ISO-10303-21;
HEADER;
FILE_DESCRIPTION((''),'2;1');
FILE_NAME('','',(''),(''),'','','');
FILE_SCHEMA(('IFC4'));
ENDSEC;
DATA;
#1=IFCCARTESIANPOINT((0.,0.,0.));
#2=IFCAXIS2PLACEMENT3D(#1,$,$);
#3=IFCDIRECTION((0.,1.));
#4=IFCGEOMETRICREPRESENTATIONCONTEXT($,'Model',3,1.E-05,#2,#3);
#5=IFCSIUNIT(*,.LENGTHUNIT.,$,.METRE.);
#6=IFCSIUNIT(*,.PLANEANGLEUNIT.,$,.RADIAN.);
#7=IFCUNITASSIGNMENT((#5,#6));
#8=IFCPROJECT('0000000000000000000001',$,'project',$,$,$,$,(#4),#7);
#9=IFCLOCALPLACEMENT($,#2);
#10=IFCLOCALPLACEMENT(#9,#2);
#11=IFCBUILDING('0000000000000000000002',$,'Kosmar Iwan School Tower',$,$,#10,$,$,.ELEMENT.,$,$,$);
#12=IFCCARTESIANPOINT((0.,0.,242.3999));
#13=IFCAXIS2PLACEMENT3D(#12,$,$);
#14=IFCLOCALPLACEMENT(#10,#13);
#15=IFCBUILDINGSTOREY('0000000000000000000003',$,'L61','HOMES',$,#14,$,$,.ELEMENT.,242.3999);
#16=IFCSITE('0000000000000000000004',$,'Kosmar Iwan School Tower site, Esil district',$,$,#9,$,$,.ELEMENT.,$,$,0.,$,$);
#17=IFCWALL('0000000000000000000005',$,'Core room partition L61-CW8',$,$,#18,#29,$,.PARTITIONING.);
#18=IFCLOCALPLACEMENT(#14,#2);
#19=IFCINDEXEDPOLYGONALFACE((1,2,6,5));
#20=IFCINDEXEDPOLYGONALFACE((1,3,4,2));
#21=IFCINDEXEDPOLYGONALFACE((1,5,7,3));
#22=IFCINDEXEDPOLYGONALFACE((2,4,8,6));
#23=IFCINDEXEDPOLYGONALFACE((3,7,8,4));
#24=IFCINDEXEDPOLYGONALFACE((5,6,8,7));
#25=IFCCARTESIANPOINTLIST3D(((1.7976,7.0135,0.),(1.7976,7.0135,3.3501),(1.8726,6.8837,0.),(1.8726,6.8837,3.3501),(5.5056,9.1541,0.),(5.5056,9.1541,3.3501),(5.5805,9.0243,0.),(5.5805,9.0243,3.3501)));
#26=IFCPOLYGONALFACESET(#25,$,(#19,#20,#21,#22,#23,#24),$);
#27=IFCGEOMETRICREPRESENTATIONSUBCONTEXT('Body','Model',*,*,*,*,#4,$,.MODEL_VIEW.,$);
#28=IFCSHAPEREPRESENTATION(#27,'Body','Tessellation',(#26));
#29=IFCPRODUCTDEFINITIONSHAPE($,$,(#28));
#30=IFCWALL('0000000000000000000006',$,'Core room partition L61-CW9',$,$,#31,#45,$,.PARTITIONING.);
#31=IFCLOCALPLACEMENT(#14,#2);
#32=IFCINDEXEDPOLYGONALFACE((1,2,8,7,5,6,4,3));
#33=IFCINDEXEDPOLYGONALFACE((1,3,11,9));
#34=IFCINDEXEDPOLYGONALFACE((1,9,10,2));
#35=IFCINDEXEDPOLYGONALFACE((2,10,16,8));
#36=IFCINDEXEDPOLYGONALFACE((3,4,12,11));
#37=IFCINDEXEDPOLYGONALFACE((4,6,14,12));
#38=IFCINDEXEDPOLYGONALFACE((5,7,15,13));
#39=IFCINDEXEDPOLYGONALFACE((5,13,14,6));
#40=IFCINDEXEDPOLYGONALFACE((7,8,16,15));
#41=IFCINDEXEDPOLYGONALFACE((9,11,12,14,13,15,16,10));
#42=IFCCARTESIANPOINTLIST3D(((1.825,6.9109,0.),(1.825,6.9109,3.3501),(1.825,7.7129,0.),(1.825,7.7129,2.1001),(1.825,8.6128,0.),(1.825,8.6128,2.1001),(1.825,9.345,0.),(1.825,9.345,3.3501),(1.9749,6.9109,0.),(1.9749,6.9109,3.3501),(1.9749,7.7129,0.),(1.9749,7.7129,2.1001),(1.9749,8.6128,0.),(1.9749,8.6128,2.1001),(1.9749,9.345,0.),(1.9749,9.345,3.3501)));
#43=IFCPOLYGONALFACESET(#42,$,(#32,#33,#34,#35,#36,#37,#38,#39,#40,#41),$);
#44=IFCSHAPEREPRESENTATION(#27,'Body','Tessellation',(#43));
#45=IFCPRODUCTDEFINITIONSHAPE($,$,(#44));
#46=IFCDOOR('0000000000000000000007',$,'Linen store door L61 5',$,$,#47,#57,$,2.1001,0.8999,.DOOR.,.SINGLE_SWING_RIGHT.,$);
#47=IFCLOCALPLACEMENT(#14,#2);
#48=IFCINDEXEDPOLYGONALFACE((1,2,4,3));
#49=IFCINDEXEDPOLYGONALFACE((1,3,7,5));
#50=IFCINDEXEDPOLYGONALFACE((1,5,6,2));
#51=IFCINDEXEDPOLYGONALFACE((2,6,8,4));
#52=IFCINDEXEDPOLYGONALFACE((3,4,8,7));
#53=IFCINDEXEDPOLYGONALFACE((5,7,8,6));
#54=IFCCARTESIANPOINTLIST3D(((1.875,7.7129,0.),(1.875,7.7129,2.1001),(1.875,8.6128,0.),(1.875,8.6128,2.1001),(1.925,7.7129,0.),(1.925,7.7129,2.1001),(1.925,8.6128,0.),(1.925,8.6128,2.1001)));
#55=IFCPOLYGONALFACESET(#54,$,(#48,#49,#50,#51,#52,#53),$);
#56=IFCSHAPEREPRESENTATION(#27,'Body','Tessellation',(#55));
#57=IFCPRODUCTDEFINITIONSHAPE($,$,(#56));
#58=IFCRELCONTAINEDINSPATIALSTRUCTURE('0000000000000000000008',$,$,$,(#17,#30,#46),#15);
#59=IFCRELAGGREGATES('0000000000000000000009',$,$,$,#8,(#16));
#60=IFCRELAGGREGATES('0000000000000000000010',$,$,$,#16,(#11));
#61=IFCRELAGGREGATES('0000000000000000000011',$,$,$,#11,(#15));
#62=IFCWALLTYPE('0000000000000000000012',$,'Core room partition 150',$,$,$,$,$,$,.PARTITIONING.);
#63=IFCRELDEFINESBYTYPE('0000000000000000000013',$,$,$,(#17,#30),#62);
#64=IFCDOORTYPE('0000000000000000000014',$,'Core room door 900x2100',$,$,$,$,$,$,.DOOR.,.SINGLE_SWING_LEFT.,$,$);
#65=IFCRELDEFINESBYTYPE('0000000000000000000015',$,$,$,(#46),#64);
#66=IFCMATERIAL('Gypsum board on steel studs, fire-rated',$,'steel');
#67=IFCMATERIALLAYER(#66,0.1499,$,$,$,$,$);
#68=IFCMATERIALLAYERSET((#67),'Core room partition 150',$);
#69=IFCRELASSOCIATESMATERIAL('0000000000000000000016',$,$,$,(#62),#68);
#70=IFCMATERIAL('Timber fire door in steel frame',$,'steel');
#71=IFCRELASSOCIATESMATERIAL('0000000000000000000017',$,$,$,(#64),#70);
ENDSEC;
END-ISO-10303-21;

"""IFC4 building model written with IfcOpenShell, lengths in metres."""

from ifc_helpers import new_model, si_unit, direction, frame, frame_2d, origin, place, context, subcontext, project, spatial, rectangle, extrude, material, layer, layer_set, type_object, element, fill, save


model = new_model("IFC4")

# Units and contexts
model_context = context("Model", 3, precision=1e-05, world=origin(), true_north=direction((0.0, 1.0)))
body_context = subcontext(model_context, "Body", "Model", "MODEL_VIEW")
ifc_project = project(units=[si_unit("LENGTHUNIT", "METRE"), si_unit("PLANEANGLEUNIT", "RADIAN")], contexts=[model_context])

# Site, building, storey
site_placement = place(None, origin())
site = spatial("IfcSite", under=ifc_project, at=site_placement, Name="Kosmar Iwan School Tower site, Esil district", CompositionType="ELEMENT", RefElevation=0.0)
building_placement = place(site_placement, origin())
building = spatial("IfcBuilding", under=site, at=building_placement, Name="Kosmar Iwan School Tower", CompositionType="ELEMENT")
storey_placement = place(building_placement, frame((0.0, 0.0, 242.3999)))
storey = spatial("IfcBuildingStorey", under=building, at=storey_placement, Name="L61", Description="HOMES", CompositionType="ELEMENT", Elevation=242.3999)

# Wall
ifc_material_1 = material(Name="Gypsum board on steel studs, fire-rated", Category="steel")
ifc_layer_1 = layer(ifc_material_1, 0.1499)
ifc_layer_set_1 = layer_set([ifc_layer_1], Name="Core room partition 150")
wall_type_1 = type_object("IfcWallType", Name="Core room partition 150", PredefinedType="PARTITIONING", material=ifc_layer_set_1)
wall_1_placement = place(storey_placement, frame((5.543, 9.0891, 0.0), z_axis=(0.0, 0.0, 1.0), x_axis=(-0.866045, -0.499966, 0.0)))
element("IfcWall", 1, at=wall_1_placement, inside=storey, type_object=wall_type_1, Name="Core room partition L61-CW8", PredefinedType="PARTITIONING", context=body_context, shape_type="SweptSolid", body=[
    extrude(rectangle(XDim=4.2815, YDim=0.1499, at=frame_2d((2.1406, 0.0))), origin(), (0.0, 0.0, 1.0), 3.3501),
])

# Wall, opening, door
wall_2_placement = place(storey_placement, frame((1.8999, 6.9109, 0.0), z_axis=(0.0, 0.0, 1.0), x_axis=(0.0, 1.0, 0.0)))
wall_2 = element("IfcWall", 2, at=wall_2_placement, inside=storey, type_object=wall_type_1, Name="Core room partition L61-CW9", PredefinedType="PARTITIONING", context=body_context, shape_type="SweptSolid", body=[
    extrude(rectangle(XDim=2.4341, YDim=0.1499, at=frame_2d((1.217, 0.0))), origin(), (0.0, 0.0, 1.0), 3.3501),
])
opening_1_placement = place(wall_2_placement, frame((0.802, 0.0, 0.0)))
opening_1 = element("IfcOpeningElement", 3, at=opening_1_placement, cuts=wall_2, PredefinedType="OPENING", context=body_context, shape_type="SweptSolid", body=[
    extrude(rectangle(XDim=0.8999, YDim=2.1001, at=frame_2d((0.45, 1.05))), frame((0.0, 0.0869, 0.0), z_axis=(0.0, -1.0, 0.0), x_axis=(1.0, 0.0, 0.0)), (0.0, 0.0, 1.0), 0.1738),
])
ifc_material_2 = material(Name="Timber fire door in steel frame", Category="steel")
door_type_1 = type_object("IfcDoorType", Name="Core room door 900x2100", OperationType="SINGLE_SWING_LEFT", PredefinedType="DOOR", material=ifc_material_2)
door_1_placement = place(opening_1_placement, origin())
door_1 = element("IfcDoor", 4, at=door_1_placement, inside=storey, type_object=door_type_1, Name="Linen store door L61 5", OperationType="SINGLE_SWING_RIGHT", OverallHeight=2.1001, OverallWidth=0.8999, PredefinedType="DOOR", context=body_context, shape_type="SweptSolid", body=[
    extrude(rectangle(XDim=0.8999, YDim=2.1001, at=frame_2d((0.45, 1.05))), frame((0.0, 0.0249, 0.0), z_axis=(0.0, -1.0, 0.0), x_axis=(1.0, 0.0, 0.0)), (0.0, 0.0, 1.0), 0.05),
])
fill(opening_1, door_1)

save(model, "model.ifc")
